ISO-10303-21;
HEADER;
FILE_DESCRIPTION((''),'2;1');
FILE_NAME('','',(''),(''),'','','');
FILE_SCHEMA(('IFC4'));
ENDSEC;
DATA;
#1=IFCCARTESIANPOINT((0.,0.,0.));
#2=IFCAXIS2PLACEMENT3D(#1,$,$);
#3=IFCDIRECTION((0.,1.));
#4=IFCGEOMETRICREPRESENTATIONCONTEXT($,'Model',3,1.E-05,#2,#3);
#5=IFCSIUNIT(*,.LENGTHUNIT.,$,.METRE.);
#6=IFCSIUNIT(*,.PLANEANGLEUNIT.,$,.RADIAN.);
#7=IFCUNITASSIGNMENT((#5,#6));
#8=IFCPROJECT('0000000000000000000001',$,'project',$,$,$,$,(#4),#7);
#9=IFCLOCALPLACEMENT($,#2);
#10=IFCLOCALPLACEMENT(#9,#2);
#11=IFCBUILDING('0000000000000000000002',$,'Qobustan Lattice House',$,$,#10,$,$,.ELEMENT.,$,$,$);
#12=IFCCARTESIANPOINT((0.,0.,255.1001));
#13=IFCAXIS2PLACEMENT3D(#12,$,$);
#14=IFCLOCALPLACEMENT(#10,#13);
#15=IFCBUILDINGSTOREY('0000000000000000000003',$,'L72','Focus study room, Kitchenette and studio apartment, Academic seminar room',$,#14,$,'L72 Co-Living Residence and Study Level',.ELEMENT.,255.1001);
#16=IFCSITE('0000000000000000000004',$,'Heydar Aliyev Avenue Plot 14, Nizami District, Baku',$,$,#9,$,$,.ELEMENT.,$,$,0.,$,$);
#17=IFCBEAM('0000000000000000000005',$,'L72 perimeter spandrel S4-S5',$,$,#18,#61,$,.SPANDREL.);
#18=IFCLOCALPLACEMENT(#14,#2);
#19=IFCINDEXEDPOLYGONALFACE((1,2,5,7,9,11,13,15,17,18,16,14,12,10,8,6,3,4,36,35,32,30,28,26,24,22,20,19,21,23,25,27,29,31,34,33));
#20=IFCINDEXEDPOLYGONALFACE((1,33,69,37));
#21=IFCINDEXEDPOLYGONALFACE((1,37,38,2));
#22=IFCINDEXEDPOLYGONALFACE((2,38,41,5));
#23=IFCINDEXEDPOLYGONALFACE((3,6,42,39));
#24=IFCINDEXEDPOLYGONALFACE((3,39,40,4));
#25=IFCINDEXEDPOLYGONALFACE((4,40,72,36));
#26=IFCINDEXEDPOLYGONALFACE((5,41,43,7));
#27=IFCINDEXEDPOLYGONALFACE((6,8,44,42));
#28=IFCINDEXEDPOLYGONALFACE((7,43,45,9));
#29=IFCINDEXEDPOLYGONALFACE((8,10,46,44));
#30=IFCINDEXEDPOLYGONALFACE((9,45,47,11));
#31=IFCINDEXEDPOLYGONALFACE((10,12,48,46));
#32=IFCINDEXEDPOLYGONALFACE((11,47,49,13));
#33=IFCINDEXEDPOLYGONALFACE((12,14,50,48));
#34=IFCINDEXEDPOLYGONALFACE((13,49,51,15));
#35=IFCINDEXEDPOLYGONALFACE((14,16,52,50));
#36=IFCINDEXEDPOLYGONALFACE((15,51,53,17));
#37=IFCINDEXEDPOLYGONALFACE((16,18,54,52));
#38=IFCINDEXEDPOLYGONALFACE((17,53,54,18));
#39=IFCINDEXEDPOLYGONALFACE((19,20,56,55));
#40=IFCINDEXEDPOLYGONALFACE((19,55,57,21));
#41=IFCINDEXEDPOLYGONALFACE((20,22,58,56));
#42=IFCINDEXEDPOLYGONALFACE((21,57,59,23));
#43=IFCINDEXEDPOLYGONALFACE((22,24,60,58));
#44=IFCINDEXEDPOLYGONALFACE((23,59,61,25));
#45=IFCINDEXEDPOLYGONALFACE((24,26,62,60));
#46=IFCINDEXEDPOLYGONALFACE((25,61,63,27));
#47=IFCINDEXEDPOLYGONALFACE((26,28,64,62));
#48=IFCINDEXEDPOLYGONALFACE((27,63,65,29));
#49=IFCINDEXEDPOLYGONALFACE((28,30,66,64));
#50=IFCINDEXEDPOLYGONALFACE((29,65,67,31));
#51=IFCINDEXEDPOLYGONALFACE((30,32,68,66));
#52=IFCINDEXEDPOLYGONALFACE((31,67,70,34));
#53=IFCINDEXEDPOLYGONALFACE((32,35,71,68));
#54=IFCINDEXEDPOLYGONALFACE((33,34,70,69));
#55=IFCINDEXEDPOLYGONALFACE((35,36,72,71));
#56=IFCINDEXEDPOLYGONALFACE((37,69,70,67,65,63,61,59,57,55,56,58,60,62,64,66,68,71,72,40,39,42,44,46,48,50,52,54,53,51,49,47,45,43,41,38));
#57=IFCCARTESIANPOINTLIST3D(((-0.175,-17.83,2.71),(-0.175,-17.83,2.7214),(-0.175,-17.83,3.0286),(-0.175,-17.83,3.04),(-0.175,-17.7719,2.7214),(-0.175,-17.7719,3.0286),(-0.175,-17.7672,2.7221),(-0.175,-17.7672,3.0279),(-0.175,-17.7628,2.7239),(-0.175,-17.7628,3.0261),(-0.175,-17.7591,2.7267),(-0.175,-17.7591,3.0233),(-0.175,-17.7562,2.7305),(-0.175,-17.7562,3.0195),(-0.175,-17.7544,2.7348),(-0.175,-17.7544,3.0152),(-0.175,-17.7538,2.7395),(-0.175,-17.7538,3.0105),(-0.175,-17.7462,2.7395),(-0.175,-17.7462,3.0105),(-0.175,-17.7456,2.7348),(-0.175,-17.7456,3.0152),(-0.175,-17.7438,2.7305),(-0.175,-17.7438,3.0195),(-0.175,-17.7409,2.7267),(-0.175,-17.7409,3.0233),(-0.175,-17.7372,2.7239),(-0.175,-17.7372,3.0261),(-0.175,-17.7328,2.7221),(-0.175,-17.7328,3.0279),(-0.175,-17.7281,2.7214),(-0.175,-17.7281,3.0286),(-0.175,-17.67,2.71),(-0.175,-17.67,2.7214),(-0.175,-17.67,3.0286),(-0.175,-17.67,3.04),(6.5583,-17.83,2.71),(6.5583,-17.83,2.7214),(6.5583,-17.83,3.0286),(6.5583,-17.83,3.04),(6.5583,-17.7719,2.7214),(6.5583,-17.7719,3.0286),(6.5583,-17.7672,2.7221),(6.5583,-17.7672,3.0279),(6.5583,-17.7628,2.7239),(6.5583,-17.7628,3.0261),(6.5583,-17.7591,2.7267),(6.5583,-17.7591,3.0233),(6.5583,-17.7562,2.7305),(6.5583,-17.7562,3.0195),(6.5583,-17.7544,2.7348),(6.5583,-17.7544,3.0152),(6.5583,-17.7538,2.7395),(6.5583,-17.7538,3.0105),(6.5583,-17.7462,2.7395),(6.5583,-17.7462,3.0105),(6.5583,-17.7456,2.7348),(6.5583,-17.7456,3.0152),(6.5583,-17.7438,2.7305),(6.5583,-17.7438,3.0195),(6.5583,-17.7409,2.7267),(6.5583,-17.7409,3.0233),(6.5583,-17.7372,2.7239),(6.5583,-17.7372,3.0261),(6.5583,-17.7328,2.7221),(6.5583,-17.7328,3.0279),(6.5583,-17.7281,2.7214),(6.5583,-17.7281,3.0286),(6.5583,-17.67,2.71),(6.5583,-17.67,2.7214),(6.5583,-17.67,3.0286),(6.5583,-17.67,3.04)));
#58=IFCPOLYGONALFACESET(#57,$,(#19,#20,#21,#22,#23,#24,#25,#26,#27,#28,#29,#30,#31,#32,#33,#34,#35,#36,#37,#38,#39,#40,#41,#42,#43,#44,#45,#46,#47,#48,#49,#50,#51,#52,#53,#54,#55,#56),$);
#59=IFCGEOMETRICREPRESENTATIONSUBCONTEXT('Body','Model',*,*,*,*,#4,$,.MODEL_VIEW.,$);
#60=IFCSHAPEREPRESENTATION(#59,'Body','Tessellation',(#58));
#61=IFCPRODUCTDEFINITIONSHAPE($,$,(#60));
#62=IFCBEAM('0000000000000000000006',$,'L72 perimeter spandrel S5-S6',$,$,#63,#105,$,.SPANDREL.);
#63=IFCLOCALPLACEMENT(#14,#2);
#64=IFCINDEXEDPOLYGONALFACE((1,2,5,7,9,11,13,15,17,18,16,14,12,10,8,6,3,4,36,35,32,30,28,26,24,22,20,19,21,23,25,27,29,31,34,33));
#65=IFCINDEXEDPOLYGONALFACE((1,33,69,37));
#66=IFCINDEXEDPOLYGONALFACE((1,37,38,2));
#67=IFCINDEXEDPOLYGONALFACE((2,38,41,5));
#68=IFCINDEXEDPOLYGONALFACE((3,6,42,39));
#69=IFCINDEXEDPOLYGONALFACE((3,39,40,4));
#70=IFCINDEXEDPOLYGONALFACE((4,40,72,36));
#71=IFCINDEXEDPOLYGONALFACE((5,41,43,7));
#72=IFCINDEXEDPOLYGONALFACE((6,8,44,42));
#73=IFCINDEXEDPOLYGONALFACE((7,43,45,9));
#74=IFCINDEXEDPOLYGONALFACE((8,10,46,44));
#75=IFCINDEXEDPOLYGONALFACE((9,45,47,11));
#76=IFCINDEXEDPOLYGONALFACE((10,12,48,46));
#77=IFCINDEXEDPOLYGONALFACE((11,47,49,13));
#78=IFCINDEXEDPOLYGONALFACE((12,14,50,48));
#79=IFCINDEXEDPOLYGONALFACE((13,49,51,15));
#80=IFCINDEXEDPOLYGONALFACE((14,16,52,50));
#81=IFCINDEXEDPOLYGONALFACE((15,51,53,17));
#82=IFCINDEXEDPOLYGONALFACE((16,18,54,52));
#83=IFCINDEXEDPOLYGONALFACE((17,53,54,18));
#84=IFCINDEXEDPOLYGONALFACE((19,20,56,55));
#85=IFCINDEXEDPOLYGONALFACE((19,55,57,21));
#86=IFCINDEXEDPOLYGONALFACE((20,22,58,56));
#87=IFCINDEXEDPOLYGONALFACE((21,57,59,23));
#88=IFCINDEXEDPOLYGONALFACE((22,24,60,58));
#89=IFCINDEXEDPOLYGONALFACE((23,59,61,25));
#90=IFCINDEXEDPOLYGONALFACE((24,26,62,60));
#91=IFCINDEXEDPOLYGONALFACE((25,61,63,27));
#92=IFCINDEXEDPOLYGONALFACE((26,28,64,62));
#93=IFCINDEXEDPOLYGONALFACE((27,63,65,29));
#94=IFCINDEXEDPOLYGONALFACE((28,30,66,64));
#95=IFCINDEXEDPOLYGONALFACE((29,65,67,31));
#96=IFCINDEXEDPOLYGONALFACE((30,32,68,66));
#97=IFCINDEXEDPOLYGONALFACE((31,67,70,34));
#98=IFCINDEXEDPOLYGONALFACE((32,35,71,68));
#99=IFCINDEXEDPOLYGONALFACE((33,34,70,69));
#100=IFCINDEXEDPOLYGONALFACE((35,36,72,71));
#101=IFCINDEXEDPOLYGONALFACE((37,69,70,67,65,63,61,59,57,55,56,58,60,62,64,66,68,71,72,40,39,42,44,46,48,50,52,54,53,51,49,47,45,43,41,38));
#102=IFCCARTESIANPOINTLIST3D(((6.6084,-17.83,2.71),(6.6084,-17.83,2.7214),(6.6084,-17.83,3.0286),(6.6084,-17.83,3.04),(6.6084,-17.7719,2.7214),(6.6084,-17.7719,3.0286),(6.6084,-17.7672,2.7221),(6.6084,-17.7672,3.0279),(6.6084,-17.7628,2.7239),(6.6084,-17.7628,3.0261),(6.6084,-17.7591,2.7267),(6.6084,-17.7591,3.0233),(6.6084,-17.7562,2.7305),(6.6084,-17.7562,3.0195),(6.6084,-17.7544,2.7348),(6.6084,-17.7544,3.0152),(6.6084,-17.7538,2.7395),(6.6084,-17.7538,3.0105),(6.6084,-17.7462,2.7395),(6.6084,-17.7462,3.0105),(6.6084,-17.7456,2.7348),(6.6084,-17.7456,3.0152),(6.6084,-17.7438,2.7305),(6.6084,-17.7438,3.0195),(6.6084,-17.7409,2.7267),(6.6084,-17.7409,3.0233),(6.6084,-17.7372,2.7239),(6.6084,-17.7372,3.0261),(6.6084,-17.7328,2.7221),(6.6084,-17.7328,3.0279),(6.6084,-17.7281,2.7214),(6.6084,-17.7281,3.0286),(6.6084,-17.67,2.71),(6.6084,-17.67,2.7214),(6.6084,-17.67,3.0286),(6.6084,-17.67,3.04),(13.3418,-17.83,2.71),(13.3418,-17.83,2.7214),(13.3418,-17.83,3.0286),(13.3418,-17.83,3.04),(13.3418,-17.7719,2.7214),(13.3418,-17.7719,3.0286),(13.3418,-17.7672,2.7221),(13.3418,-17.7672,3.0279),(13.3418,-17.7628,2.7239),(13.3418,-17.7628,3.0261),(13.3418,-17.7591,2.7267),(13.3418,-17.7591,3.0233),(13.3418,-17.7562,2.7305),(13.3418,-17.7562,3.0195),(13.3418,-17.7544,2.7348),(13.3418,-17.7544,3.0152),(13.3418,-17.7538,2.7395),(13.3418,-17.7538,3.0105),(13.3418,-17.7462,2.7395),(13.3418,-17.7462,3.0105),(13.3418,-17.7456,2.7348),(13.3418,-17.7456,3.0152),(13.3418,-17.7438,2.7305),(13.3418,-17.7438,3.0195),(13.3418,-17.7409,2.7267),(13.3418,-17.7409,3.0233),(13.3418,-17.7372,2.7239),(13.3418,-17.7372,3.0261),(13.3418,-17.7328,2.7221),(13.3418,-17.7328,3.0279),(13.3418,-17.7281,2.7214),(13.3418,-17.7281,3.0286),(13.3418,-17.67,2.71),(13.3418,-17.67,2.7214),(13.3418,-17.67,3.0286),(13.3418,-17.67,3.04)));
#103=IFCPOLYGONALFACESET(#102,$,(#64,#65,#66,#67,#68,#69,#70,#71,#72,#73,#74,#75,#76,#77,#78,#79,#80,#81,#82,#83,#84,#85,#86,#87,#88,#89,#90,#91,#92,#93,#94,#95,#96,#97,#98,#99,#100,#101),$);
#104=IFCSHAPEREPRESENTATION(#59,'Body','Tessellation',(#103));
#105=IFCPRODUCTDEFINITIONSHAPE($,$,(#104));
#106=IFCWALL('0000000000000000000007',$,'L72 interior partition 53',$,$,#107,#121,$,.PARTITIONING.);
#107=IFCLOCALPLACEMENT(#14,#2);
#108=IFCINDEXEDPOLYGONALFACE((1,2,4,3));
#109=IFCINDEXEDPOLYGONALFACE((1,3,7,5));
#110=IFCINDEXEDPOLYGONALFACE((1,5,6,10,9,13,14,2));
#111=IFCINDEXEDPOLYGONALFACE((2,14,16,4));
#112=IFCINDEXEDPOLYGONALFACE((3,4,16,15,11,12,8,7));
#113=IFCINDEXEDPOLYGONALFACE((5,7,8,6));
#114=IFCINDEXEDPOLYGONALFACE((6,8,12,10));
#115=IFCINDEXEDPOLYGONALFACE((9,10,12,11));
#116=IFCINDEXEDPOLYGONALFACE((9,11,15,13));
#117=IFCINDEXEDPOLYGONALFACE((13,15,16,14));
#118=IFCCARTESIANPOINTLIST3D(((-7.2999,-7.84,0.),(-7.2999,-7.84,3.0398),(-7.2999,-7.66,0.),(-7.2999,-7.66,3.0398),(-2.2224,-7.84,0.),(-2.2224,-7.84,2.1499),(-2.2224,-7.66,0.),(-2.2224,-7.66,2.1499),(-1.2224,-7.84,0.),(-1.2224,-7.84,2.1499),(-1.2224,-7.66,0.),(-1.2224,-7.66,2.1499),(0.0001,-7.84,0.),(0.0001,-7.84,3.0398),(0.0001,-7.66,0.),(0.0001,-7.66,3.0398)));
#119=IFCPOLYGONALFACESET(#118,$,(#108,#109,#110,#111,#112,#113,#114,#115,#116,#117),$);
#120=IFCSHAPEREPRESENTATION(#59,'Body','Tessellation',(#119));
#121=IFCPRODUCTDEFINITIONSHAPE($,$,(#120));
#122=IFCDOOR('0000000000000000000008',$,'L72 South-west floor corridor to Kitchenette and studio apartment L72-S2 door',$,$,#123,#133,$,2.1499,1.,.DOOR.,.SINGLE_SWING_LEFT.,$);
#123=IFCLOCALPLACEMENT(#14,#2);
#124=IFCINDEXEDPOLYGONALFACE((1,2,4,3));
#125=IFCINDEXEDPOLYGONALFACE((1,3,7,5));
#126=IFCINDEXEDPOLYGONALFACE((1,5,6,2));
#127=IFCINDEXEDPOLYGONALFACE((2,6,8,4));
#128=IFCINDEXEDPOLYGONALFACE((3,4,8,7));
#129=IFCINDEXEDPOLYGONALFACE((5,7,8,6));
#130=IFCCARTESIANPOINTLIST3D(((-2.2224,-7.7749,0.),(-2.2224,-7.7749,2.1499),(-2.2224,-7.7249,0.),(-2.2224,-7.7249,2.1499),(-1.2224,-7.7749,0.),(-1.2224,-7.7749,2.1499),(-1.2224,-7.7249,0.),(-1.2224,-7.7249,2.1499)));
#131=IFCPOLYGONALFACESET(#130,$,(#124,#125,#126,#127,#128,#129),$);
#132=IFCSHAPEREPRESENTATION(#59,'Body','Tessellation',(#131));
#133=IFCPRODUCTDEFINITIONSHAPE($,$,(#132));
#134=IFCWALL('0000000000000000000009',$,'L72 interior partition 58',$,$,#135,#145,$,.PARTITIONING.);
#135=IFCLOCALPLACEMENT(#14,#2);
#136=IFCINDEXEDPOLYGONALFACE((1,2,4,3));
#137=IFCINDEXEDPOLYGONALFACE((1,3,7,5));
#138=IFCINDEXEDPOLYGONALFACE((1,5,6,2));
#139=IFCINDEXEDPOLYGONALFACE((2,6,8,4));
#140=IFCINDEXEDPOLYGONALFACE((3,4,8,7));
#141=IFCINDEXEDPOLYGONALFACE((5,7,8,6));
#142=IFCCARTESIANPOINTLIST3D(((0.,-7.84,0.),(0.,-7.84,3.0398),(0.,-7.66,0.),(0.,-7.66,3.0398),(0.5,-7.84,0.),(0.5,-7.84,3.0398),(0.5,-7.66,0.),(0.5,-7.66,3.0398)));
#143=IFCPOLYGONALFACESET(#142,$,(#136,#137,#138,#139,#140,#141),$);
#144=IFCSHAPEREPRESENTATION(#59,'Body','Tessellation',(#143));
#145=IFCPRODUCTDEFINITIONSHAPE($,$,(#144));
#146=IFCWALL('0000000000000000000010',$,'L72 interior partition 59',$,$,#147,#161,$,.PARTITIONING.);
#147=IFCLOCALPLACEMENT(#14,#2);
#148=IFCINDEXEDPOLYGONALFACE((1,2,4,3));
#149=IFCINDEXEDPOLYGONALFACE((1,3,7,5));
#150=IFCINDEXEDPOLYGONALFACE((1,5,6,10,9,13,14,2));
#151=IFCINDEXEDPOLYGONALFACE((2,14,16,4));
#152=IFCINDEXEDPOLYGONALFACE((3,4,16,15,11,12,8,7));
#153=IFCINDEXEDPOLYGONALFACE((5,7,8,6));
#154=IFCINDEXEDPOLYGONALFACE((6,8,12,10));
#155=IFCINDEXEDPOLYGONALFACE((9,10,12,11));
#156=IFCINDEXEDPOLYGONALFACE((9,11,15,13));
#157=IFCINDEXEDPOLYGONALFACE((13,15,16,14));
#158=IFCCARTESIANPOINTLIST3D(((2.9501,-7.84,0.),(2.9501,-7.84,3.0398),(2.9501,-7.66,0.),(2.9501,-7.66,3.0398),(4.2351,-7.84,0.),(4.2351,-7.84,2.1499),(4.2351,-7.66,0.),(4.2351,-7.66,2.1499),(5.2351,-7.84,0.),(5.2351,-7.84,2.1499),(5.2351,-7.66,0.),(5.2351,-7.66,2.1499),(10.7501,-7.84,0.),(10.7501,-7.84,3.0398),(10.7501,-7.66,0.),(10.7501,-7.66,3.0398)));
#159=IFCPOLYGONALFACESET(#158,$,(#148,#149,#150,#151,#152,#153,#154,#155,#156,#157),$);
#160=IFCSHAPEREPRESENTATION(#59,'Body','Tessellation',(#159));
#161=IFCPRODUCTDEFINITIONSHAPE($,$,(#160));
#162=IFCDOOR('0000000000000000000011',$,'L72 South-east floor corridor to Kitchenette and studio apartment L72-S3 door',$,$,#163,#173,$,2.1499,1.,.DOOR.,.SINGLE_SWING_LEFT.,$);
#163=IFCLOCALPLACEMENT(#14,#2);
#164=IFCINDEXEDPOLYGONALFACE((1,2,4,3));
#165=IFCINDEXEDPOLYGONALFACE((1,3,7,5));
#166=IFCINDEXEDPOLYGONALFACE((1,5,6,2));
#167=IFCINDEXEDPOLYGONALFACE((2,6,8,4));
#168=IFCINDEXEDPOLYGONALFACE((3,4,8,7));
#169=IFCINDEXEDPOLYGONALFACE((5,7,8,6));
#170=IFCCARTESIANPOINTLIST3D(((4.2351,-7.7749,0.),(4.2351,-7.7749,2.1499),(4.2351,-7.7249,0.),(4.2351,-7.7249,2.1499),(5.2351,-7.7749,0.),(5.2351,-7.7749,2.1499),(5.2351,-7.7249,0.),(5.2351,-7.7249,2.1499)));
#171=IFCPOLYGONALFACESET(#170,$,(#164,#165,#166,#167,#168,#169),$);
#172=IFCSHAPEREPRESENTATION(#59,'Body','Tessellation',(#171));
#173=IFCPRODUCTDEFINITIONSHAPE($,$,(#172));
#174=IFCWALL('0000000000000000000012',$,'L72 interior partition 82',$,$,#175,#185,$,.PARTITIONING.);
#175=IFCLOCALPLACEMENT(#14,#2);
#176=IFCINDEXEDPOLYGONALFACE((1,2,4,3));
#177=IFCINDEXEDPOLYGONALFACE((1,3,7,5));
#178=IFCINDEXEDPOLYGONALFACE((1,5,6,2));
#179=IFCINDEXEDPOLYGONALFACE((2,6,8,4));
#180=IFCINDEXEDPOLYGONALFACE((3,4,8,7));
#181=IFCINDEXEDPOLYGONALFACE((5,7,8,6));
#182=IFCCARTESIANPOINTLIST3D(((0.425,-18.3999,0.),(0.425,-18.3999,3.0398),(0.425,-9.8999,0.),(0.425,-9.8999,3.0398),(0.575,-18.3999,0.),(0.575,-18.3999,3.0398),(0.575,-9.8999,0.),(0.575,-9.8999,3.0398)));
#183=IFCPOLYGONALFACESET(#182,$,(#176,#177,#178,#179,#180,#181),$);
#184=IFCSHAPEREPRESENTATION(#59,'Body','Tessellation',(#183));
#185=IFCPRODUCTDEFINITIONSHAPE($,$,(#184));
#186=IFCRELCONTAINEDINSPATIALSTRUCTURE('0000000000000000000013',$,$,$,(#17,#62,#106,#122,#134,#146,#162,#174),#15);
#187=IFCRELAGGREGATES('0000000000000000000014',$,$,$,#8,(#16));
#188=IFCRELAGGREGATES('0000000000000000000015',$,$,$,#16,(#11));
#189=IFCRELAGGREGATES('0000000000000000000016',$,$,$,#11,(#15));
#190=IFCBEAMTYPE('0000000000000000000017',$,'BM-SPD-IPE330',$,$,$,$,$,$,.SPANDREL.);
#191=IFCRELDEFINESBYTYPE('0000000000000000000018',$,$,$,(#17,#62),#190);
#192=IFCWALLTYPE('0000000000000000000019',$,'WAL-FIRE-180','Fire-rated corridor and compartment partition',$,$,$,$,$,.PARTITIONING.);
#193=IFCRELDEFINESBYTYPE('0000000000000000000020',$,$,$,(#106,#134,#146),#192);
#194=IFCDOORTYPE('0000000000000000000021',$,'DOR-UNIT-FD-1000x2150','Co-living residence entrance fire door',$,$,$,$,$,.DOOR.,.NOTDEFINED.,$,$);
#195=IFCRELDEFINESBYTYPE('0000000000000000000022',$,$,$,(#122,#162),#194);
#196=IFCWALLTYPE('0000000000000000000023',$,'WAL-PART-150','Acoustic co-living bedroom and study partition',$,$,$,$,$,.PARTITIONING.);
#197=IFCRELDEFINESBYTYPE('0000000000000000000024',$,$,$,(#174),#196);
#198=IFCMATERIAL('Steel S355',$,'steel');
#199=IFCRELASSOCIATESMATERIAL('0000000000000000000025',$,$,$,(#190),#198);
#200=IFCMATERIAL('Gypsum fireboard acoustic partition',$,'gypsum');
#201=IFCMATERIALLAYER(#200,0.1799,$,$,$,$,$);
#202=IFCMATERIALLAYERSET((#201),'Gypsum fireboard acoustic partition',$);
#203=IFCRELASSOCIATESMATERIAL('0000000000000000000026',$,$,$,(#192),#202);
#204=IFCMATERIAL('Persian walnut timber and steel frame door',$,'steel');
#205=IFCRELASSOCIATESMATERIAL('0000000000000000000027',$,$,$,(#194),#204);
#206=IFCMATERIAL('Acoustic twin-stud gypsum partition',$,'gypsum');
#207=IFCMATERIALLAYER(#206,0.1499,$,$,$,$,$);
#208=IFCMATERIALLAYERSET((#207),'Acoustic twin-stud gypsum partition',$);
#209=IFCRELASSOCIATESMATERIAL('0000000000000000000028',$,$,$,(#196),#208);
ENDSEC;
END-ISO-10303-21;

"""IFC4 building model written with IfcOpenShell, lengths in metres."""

from ifc_helpers import new_model, si_unit, direction, frame, frame_2d, origin, origin_2d, place, context, subcontext, project, spatial, rectangle, i_section, extrude, material, layer, layer_set, material_profile, profile_set, type_object, element, fill, save


model = new_model("IFC4")

# Units and contexts
model_context = context("Model", 3, precision=1e-05, world=origin(), true_north=direction((0.0, 1.0)))
body_context = subcontext(model_context, "Body", "Model", "MODEL_VIEW")
ifc_project = project(units=[si_unit("LENGTHUNIT", "METRE"), si_unit("PLANEANGLEUNIT", "RADIAN")], contexts=[model_context])

# Site, building, storey
site_placement = place(None, origin())
site = spatial("IfcSite", under=ifc_project, at=site_placement, Name="Heydar Aliyev Avenue Plot 14, Nizami District, Baku", CompositionType="ELEMENT", RefElevation=0.0)
building_placement = place(site_placement, origin())
building = spatial("IfcBuilding", under=site, at=building_placement, Name="Qobustan Lattice House", CompositionType="ELEMENT")
storey_placement = place(building_placement, frame((0.0, 0.0, 255.1001)))
storey = spatial("IfcBuildingStorey", under=building, at=storey_placement, Name="L72", Description="Focus study room, Kitchenette and studio apartment, Academic seminar room", LongName="L72 Co-Living Residence and Study Level", CompositionType="ELEMENT", Elevation=255.1001)

# Beams
ifc_material_1 = material(Name="Steel S355", Category="steel")
ifc_material_profile_1 = material_profile(ifc_material_1, i_section(OverallWidth=0.1599, OverallDepth=0.3301, WebThickness=0.0076, FlangeThickness=0.0115, FilletRadius=0.0181, at=origin_2d()), Name="IPE330")
ifc_profile_set_1 = profile_set([ifc_material_profile_1], Name="Steel S355")
beam_type_1 = type_object("IfcBeamType", Name="BM-SPD-IPE330", PredefinedType="SPANDREL", material=ifc_profile_set_1)
for number, where, z_axis, x_axis, name in (
    (1, (-0.175, -17.75, 2.875), (1.0, 0.0, 0.0), (0.0, 1.0, 0.0), "L72 perimeter spandrel S4-S5"),
    (2, (6.6084, -17.75, 2.875), (1.0, 0.0, 0.0), (0.0, 1.0, 0.0), "L72 perimeter spandrel S5-S6"),
):
    element("IfcBeam", number, at=place(storey_placement, frame(where, z_axis=z_axis, x_axis=x_axis)), inside=storey, type_object=beam_type_1, Name=name, PredefinedType="SPANDREL", context=body_context, shape_type="SweptSolid", body=[
        extrude(i_section(OverallWidth=0.1599, OverallDepth=0.3301, WebThickness=0.0076, FlangeThickness=0.0115, FilletRadius=0.0181, at=origin_2d()), origin(), (0.0, 0.0, 1.0), 6.7334),
    ])

# Wall, opening, door
ifc_material_2 = material(Name="Gypsum fireboard acoustic partition", Category="gypsum")
ifc_layer_1 = layer(ifc_material_2, 0.1799)
ifc_layer_set_1 = layer_set([ifc_layer_1], Name="Gypsum fireboard acoustic partition")
wall_type_1 = type_object("IfcWallType", Name="WAL-FIRE-180", Description="Fire-rated corridor and compartment partition", PredefinedType="PARTITIONING", material=ifc_layer_set_1)
wall_1_placement = place(storey_placement, frame((0.0, -7.75, 0.0), z_axis=(0.0, 0.0, 1.0), x_axis=(-1.0, 0.0, 0.0)))
wall_1 = element("IfcWall", 3, at=wall_1_placement, inside=storey, type_object=wall_type_1, Name="L72 interior partition 53", PredefinedType="PARTITIONING", context=body_context, shape_type="SweptSolid", body=[
    extrude(rectangle(XDim=7.3, YDim=0.1799, at=frame_2d((3.6499, 0.0))), origin(), (0.0, 0.0, 1.0), 3.0398),
])
opening_1_placement = place(wall_1_placement, frame((1.2224, 0.0, 0.0)))
opening_1 = element("IfcOpeningElement", 4, at=opening_1_placement, cuts=wall_1, PredefinedType="OPENING", context=body_context, shape_type="SweptSolid", body=[
    extrude(rectangle(XDim=1.0, YDim=2.1499, at=frame_2d((0.5, 1.075))), frame((0.0, 0.0999, 0.0), z_axis=(0.0, -1.0, 0.0), x_axis=(1.0, 0.0, 0.0)), (0.0, 0.0, 1.0), 0.2),
])
ifc_material_3 = material(Name="Persian walnut timber and steel frame door", Category="steel")
door_type_1 = type_object("IfcDoorType", Name="DOR-UNIT-FD-1000x2150", Description="Co-living residence entrance fire door", OperationType="NOTDEFINED", PredefinedType="DOOR", material=ifc_material_3)
door_1_placement = place(opening_1_placement, origin())
door_1 = element("IfcDoor", 5, at=door_1_placement, inside=storey, type_object=door_type_1, Name="L72 South-west floor corridor to Kitchenette and studio apartment L72-S2 door", OperationType="SINGLE_SWING_LEFT", OverallHeight=2.1499, OverallWidth=1.0, PredefinedType="DOOR", context=body_context, shape_type="SweptSolid", body=[
    extrude(rectangle(XDim=1.0, YDim=2.1499, at=frame_2d((0.5, 1.075))), frame((0.0, 0.0249, 0.0), z_axis=(0.0, -1.0, 0.0), x_axis=(1.0, 0.0, 0.0)), (0.0, 0.0, 1.0), 0.05),
])
fill(opening_1, door_1)

# Wall
wall_2_placement = place(storey_placement, frame((0.5, -7.75, 0.0), z_axis=(0.0, 0.0, 1.0), x_axis=(-1.0, 0.0, 0.0)))
element("IfcWall", 6, at=wall_2_placement, inside=storey, type_object=wall_type_1, Name="L72 interior partition 58", PredefinedType="PARTITIONING", context=body_context, shape_type="SweptSolid", body=[
    extrude(rectangle(XDim=0.5, YDim=0.1799, at=frame_2d((0.25, 0.0))), origin(), (0.0, 0.0, 1.0), 3.0398),
])

# Wall, opening, door
wall_3_placement = place(storey_placement, frame((10.75, -7.75, 0.0), z_axis=(0.0, 0.0, 1.0), x_axis=(-1.0, 0.0, 0.0)))
wall_3 = element("IfcWall", 7, at=wall_3_placement, inside=storey, type_object=wall_type_1, Name="L72 interior partition 59", PredefinedType="PARTITIONING", context=body_context, shape_type="SweptSolid", body=[
    extrude(rectangle(XDim=7.8, YDim=0.1799, at=frame_2d((3.8999, 0.0))), origin(), (0.0, 0.0, 1.0), 3.0398),
])
opening_2_placement = place(wall_3_placement, frame((5.5149, 0.0, 0.0)))
opening_2 = element("IfcOpeningElement", 8, at=opening_2_placement, cuts=wall_3, PredefinedType="OPENING", context=body_context, shape_type="SweptSolid", body=[
    extrude(rectangle(XDim=1.0, YDim=2.1499, at=frame_2d((0.5, 1.075))), frame((0.0, 0.0999, 0.0), z_axis=(0.0, -1.0, 0.0), x_axis=(1.0, 0.0, 0.0)), (0.0, 0.0, 1.0), 0.2),
])
door_2_placement = place(opening_2_placement, origin())
door_2 = element("IfcDoor", 9, at=door_2_placement, inside=storey, type_object=door_type_1, Name="L72 South-east floor corridor to Kitchenette and studio apartment L72-S3 door", OperationType="SINGLE_SWING_LEFT", OverallHeight=2.1499, OverallWidth=1.0, PredefinedType="DOOR", context=body_context, shape_type="SweptSolid", body=[
    extrude(rectangle(XDim=1.0, YDim=2.1499, at=frame_2d((0.5, 1.075))), frame((0.0, 0.0249, 0.0), z_axis=(0.0, -1.0, 0.0), x_axis=(1.0, 0.0, 0.0)), (0.0, 0.0, 1.0), 0.05),
])
fill(opening_2, door_2)

# Wall
ifc_material_4 = material(Name="Acoustic twin-stud gypsum partition", Category="gypsum")
ifc_layer_2 = layer(ifc_material_4, 0.1499)
ifc_layer_set_2 = layer_set([ifc_layer_2], Name="Acoustic twin-stud gypsum partition")
wall_type_2 = type_object("IfcWallType", Name="WAL-PART-150", Description="Acoustic co-living bedroom and study partition", PredefinedType="PARTITIONING", material=ifc_layer_set_2)
wall_4_placement = place(storey_placement, frame((0.5, -9.8999, 0.0), z_axis=(0.0, 0.0, 1.0), x_axis=(0.0, -1.0, 0.0)))
element("IfcWall", 10, at=wall_4_placement, inside=storey, type_object=wall_type_2, Name="L72 interior partition 82", PredefinedType="PARTITIONING", context=body_context, shape_type="SweptSolid", body=[
    extrude(rectangle(XDim=8.5, YDim=0.1499, at=frame_2d((4.25, 0.0))), origin(), (0.0, 0.0, 1.0), 3.0398),
])

save(model, "model.ifc")
